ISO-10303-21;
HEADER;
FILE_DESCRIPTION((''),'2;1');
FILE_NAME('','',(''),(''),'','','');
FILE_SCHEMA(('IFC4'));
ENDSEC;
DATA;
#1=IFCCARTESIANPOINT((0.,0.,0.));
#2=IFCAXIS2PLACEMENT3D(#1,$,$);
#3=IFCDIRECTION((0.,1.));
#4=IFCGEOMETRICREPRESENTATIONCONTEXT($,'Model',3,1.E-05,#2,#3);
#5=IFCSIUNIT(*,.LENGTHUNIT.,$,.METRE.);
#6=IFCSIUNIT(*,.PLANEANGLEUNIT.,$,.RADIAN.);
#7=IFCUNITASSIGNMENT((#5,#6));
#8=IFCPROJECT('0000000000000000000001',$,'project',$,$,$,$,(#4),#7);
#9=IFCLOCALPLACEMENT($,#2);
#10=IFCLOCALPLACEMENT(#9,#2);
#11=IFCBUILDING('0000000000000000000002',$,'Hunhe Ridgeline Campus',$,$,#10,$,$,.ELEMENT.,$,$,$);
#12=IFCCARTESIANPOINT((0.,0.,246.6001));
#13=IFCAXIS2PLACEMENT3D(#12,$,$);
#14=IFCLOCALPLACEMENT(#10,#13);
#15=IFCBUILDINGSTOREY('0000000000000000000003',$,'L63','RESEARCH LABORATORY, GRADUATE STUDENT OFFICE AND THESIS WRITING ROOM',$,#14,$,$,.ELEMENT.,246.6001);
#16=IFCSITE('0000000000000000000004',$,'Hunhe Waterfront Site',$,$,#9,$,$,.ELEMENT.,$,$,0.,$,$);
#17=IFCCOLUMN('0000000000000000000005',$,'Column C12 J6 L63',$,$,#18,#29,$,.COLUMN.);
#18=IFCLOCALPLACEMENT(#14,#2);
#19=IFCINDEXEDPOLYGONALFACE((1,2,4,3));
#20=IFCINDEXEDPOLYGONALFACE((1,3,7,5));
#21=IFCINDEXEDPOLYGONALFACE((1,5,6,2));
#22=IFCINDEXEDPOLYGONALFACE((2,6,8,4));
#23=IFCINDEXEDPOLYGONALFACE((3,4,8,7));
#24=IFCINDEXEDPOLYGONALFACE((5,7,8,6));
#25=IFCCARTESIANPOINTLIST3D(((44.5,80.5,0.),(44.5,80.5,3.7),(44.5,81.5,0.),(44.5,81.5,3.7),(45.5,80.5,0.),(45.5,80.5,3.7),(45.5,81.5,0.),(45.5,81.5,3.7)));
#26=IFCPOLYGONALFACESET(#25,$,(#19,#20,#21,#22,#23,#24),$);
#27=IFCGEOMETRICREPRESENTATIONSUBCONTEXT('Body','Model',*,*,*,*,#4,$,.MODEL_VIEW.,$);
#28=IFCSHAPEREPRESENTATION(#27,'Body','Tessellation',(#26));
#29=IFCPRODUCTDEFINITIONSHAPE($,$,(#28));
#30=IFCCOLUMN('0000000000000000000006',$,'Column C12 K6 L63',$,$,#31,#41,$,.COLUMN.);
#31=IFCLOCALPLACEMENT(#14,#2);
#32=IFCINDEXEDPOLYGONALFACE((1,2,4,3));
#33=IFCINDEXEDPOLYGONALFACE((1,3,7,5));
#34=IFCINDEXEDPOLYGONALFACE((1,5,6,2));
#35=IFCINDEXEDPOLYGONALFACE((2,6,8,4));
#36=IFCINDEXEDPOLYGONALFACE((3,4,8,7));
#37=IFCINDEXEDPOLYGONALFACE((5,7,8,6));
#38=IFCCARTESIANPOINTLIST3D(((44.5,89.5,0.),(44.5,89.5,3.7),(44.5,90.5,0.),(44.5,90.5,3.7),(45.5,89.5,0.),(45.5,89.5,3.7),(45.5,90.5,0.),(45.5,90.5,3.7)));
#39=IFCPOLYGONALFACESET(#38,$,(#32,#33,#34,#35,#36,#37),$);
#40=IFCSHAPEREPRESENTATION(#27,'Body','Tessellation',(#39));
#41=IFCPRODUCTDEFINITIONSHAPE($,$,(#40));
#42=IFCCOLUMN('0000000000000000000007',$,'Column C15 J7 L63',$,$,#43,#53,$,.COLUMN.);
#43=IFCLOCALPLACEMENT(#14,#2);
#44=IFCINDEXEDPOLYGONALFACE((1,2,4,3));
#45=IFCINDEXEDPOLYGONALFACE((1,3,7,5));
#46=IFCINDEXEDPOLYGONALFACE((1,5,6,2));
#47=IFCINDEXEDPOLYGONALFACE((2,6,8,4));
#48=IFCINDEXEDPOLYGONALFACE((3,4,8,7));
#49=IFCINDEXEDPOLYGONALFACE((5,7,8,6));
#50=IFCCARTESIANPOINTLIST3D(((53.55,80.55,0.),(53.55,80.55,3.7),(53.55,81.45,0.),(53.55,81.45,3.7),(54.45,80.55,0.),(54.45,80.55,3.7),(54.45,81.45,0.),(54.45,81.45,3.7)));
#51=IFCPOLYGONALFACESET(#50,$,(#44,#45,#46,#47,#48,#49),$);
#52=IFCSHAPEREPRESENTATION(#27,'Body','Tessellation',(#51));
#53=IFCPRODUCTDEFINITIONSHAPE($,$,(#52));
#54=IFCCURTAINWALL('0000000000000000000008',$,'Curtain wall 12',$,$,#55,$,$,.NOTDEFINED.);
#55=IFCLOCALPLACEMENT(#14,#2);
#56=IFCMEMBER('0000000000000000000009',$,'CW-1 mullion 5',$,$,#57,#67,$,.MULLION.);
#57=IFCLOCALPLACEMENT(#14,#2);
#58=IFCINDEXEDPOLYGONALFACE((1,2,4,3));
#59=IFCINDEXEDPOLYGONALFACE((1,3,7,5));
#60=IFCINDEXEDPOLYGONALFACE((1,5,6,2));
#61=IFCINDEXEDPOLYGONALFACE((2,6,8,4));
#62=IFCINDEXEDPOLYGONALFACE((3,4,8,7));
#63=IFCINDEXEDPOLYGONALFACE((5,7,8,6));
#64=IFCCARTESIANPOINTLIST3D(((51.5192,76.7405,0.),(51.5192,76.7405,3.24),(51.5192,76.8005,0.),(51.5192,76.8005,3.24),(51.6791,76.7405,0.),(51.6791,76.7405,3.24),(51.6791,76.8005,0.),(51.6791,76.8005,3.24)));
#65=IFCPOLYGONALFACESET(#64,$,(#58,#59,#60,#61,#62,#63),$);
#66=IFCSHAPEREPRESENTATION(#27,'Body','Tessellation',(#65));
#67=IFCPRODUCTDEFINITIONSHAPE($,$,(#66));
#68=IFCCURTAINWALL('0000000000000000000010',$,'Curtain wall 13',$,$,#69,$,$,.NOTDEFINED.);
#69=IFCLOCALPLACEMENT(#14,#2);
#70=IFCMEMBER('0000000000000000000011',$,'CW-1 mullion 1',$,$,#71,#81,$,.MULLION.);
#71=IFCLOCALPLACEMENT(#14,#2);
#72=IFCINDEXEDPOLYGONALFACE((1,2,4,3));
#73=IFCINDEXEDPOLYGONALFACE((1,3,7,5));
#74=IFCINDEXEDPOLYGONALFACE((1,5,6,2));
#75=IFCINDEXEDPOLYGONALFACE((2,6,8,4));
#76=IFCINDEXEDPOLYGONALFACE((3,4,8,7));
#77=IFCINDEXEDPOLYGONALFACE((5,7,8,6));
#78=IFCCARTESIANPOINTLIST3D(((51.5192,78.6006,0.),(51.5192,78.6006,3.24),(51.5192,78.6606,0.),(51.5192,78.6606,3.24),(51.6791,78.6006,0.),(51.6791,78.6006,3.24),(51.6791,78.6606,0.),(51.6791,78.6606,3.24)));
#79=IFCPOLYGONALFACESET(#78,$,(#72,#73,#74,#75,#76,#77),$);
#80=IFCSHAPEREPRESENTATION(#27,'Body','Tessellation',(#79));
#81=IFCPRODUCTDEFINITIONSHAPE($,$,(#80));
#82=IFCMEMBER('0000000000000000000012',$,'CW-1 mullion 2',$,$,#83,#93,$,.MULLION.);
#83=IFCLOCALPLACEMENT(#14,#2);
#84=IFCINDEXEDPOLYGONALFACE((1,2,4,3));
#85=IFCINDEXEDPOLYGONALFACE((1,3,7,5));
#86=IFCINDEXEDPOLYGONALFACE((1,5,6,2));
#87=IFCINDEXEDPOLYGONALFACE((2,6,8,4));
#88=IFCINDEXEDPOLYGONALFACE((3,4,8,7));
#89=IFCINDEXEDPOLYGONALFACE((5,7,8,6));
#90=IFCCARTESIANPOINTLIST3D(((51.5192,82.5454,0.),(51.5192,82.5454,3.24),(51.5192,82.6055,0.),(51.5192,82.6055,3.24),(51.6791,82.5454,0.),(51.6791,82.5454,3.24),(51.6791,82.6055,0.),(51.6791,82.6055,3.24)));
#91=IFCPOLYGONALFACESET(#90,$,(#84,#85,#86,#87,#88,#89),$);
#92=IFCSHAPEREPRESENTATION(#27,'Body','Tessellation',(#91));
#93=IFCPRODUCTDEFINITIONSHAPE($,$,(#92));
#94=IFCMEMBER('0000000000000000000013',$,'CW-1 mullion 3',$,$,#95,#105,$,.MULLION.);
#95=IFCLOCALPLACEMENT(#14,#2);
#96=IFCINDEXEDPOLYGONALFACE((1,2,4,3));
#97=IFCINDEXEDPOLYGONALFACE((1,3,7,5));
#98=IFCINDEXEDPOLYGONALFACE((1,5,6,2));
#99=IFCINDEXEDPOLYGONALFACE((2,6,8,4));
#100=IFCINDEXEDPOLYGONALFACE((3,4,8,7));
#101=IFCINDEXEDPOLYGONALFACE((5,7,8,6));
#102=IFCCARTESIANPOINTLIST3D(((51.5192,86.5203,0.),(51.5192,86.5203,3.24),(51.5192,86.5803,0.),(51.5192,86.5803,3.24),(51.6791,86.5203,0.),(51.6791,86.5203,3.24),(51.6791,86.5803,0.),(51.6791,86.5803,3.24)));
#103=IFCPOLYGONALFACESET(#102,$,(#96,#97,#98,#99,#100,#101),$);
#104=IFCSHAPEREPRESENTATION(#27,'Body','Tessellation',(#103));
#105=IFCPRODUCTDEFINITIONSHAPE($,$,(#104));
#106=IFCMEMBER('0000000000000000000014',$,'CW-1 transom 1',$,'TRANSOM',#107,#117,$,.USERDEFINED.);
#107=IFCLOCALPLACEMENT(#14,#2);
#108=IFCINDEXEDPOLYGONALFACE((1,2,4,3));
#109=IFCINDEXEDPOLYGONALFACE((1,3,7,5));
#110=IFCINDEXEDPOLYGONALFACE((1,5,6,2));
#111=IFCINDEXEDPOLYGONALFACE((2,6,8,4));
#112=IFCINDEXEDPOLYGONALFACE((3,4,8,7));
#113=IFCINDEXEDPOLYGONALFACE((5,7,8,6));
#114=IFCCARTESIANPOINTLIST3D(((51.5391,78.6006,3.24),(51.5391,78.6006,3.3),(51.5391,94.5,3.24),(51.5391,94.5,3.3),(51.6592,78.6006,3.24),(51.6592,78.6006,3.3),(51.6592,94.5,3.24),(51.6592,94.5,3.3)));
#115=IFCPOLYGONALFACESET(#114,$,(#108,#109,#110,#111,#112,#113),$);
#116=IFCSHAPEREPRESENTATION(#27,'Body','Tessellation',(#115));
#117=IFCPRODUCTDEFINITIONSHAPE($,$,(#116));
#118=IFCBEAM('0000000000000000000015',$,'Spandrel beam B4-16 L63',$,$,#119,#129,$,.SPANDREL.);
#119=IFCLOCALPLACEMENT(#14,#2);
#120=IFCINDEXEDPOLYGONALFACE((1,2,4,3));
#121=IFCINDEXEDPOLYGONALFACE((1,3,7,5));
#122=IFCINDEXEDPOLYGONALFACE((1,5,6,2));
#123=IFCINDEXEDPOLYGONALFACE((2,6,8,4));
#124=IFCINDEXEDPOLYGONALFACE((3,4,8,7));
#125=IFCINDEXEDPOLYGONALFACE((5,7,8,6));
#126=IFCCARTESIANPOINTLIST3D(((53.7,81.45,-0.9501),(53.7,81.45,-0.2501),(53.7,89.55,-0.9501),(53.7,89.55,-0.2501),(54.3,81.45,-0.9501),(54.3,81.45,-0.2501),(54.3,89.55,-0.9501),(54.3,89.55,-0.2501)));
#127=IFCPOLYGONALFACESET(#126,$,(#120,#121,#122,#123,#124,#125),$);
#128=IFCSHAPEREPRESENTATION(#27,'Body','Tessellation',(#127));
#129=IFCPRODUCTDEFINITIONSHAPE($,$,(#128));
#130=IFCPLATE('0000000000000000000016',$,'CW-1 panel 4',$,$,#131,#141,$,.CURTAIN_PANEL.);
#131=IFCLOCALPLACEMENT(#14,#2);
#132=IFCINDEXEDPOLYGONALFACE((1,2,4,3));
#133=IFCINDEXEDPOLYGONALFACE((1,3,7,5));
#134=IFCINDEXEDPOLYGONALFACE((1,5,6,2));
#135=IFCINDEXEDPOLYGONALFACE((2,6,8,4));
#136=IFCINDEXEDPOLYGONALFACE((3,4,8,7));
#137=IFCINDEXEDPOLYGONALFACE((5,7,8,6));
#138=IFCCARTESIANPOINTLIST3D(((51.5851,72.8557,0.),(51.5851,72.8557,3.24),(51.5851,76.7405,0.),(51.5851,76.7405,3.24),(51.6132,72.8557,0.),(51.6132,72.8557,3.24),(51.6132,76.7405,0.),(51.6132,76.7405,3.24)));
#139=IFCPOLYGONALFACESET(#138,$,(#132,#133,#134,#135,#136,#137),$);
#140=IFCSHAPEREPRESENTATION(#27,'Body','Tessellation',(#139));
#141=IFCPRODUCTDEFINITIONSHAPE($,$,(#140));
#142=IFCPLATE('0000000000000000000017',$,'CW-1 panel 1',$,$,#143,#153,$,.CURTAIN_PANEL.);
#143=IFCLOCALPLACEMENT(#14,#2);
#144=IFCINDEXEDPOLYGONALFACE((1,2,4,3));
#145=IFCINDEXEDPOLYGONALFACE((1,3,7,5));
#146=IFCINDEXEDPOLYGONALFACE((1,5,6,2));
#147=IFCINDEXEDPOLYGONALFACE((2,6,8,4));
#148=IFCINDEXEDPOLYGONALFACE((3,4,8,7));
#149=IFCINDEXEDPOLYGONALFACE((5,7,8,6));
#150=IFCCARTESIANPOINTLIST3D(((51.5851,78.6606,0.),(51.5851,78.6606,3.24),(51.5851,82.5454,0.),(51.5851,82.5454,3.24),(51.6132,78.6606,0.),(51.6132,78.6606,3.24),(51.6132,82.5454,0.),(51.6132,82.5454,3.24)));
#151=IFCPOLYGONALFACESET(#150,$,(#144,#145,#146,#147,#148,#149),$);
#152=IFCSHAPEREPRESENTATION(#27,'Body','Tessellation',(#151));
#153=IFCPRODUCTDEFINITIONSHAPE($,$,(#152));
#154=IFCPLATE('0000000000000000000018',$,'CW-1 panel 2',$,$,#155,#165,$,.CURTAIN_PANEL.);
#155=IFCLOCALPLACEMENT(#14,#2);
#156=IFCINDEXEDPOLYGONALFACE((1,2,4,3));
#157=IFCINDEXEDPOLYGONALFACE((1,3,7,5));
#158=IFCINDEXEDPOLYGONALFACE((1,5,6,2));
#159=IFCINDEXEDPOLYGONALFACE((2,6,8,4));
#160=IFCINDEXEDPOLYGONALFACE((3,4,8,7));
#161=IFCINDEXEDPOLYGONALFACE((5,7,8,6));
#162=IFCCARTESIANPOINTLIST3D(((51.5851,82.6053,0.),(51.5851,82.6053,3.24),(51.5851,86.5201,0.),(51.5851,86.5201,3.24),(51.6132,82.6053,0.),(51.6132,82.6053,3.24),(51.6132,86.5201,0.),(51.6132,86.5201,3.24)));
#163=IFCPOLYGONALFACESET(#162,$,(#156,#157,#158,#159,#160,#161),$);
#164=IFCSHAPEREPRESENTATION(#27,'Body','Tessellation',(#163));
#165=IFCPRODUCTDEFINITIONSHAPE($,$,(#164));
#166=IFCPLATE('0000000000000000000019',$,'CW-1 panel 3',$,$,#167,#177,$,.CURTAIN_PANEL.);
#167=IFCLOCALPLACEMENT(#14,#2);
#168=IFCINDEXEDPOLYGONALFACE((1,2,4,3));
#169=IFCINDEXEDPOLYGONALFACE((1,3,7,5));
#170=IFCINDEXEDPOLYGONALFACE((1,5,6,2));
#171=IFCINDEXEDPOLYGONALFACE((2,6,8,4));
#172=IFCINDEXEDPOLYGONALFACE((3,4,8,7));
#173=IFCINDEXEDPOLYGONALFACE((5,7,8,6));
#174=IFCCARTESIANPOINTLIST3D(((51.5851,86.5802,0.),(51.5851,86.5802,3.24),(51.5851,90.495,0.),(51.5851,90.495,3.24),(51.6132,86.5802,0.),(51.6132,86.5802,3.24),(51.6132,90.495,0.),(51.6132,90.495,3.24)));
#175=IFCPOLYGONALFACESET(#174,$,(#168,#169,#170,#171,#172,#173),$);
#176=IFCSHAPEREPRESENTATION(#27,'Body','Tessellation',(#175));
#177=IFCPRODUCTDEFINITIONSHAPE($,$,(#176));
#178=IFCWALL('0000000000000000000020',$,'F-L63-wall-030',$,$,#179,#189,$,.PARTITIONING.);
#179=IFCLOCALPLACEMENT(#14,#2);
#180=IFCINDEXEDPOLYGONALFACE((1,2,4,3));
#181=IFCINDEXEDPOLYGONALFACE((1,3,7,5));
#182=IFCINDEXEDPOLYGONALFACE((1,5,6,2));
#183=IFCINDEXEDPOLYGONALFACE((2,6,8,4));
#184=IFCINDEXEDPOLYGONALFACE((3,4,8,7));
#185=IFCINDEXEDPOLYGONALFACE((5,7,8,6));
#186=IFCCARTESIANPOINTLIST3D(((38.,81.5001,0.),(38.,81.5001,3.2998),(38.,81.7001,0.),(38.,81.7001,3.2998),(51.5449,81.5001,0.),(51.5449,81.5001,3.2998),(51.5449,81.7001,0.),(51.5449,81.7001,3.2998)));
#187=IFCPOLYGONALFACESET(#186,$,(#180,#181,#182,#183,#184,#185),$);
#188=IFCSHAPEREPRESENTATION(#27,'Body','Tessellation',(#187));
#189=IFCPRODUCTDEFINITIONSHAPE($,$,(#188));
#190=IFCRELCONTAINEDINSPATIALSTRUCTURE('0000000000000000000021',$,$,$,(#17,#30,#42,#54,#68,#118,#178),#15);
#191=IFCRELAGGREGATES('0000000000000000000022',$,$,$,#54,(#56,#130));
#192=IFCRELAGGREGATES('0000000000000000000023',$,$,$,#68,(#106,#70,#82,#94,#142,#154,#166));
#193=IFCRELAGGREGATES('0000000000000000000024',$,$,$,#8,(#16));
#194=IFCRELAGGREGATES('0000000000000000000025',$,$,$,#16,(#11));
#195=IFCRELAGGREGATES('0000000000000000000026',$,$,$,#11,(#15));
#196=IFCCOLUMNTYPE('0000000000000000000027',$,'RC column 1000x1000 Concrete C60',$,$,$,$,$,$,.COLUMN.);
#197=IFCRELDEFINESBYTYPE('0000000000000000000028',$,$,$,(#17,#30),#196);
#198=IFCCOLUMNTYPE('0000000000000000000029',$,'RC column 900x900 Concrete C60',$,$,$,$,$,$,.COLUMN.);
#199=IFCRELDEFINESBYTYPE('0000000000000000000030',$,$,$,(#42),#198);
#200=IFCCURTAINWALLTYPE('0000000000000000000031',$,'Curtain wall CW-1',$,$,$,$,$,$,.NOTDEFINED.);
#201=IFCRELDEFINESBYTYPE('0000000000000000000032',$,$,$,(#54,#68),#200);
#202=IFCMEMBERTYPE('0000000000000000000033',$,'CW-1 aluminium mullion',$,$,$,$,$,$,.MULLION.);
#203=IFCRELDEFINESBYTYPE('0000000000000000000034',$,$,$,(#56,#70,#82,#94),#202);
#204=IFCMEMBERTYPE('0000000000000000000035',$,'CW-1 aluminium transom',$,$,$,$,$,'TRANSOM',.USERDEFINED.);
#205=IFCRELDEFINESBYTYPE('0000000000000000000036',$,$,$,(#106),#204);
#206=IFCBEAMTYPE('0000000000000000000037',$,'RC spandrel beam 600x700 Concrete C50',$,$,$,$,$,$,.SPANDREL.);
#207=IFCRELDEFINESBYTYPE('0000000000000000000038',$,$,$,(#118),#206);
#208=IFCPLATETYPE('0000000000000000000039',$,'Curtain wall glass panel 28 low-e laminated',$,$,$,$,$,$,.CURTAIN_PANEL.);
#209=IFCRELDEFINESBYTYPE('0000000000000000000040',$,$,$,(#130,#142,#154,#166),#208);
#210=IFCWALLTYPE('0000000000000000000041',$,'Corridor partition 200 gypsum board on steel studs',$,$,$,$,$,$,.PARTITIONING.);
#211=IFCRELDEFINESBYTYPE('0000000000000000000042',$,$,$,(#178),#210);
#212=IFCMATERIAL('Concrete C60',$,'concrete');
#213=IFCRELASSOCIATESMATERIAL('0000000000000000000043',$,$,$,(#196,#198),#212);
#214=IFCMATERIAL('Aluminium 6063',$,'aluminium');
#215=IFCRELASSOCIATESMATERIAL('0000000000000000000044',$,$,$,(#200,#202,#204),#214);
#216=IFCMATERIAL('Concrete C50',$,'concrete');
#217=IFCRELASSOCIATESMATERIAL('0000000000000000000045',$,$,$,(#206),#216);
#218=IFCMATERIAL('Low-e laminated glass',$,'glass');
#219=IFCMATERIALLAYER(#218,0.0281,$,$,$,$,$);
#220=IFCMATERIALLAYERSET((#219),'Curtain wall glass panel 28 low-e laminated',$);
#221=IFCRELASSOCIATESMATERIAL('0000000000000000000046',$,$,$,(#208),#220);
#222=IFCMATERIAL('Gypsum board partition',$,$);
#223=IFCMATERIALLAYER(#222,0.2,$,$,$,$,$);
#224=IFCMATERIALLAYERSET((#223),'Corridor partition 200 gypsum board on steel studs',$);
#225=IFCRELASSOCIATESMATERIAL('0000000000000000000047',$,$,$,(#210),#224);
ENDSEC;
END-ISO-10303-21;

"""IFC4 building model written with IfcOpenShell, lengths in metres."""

from ifc_helpers import new_model, si_unit, direction, frame, frame_2d, origin, origin_2d, place, context, subcontext, project, spatial, rectangle, extrude, material, layer, layer_set, material_profile, profile_set, type_object, element, aggregate, save


model = new_model("IFC4")

# Units and contexts
model_context = context("Model", 3, precision=1e-05, world=origin(), true_north=direction((0.0, 1.0)))
body_context = subcontext(model_context, "Body", "Model", "MODEL_VIEW")
ifc_project = project(units=[si_unit("LENGTHUNIT", "METRE"), si_unit("PLANEANGLEUNIT", "RADIAN")], contexts=[model_context])

# Site, building, storey
site_placement = place(None, origin())
site = spatial("IfcSite", under=ifc_project, at=site_placement, Name="Hunhe Waterfront Site", CompositionType="ELEMENT", RefElevation=0.0)
building_placement = place(site_placement, origin())
building = spatial("IfcBuilding", under=site, at=building_placement, Name="Hunhe Ridgeline Campus", CompositionType="ELEMENT")
storey_placement = place(building_placement, frame((0.0, 0.0, 246.6001)))
storey = spatial("IfcBuildingStorey", under=building, at=storey_placement, Name="L63", Description="RESEARCH LABORATORY, GRADUATE STUDENT OFFICE AND THESIS WRITING ROOM", CompositionType="ELEMENT", Elevation=246.6001)

# Columns
ifc_material_1 = material(Name="Concrete C60", Category="concrete")
ifc_material_profile_1 = material_profile(ifc_material_1, rectangle(XDim=1.0, YDim=1.0, at=origin_2d()))
ifc_profile_set_1 = profile_set([ifc_material_profile_1], Name="Concrete C60")
column_type_1 = type_object("IfcColumnType", Name="RC column 1000x1000 Concrete C60", PredefinedType="COLUMN", material=ifc_profile_set_1)
for number, where, z_axis, x_axis, name in (
    (1, (45.0, 81.0, 0.0), (0.0, 0.0, 1.0), (1.0, 0.0, 0.0), "Column C12 J6 L63"),
    (2, (45.0, 90.0, 0.0), (0.0, 0.0, 1.0), (1.0, 0.0, 0.0), "Column C12 K6 L63"),
):
    element("IfcColumn", number, at=place(storey_placement, frame(where, z_axis=z_axis, x_axis=x_axis)), inside=storey, type_object=column_type_1, Name=name, PredefinedType="COLUMN", context=body_context, shape_type="SweptSolid", body=[
        extrude(rectangle(XDim=1.0, YDim=1.0, at=origin_2d()), origin(), (0.0, 0.0, 1.0), 3.7),
    ])
ifc_material_profile_2 = material_profile(ifc_material_1, rectangle(XDim=0.8999, YDim=0.8999, at=origin_2d()))
ifc_profile_set_2 = profile_set([ifc_material_profile_2], Name="Concrete C60")
column_type_2 = type_object("IfcColumnType", Name="RC column 900x900 Concrete C60", PredefinedType="COLUMN", material=ifc_profile_set_2)
column_placement = place(storey_placement, frame((54.0, 81.0, 0.0), z_axis=(0.0, 0.0, 1.0), x_axis=(1.0, 0.0, 0.0)))
element("IfcColumn", 3, at=column_placement, inside=storey, type_object=column_type_2, Name="Column C15 J7 L63", PredefinedType="COLUMN", context=body_context, shape_type="SweptSolid", body=[
    extrude(rectangle(XDim=0.8999, YDim=0.8999, at=origin_2d()), origin(), (0.0, 0.0, 1.0), 3.7),
])

# Curtain wall, member
ifc_material_2 = material(Name="Aluminium 6063", Category="aluminium")
curtain_wall_type = type_object("IfcCurtainWallType", Name="Curtain wall CW-1", PredefinedType="NOTDEFINED", material=ifc_material_2)
curtain_wall_1_placement = place(storey_placement, origin())
curtain_wall_1 = element("IfcCurtainWall", 4, at=curtain_wall_1_placement, inside=storey, type_object=curtain_wall_type, Name="Curtain wall 12", PredefinedType="NOTDEFINED")
ifc_material_profile_3 = material_profile(ifc_material_2, rectangle(XDim=0.1599, YDim=0.0601, at=origin_2d()))
ifc_profile_set_3 = profile_set([ifc_material_profile_3], Name="Aluminium 6063")
member_type_1 = type_object("IfcMemberType", Name="CW-1 aluminium mullion", PredefinedType="MULLION", material=ifc_profile_set_3)
member_1_placement = place(storey_placement, frame((51.5991, 76.7705, 0.0), z_axis=(0.0, 0.0, 1.0), x_axis=(-1.0, 0.0, 0.0)))
member_1 = element("IfcMember", 5, at=member_1_placement, type_object=member_type_1, Name="CW-1 mullion 5", PredefinedType="MULLION", context=body_context, shape_type="SweptSolid", body=[
    extrude(rectangle(XDim=0.1599, YDim=0.0601, at=origin_2d()), origin(), (0.0, 0.0, 1.0), 3.24),
])

# Curtain wall, members
curtain_wall_2_placement = place(storey_placement, origin())
curtain_wall_2 = element("IfcCurtainWall", 6, at=curtain_wall_2_placement, inside=storey, type_object=curtain_wall_type, Name="Curtain wall 13", PredefinedType="NOTDEFINED")
member_2_placement = place(storey_placement, frame((51.5991, 78.6306, 0.0), z_axis=(0.0, 0.0, 1.0), x_axis=(-1.0, 0.0, 0.0)))
member_2 = element("IfcMember", 7, at=member_2_placement, type_object=member_type_1, Name="CW-1 mullion 1", PredefinedType="MULLION", context=body_context, shape_type="SweptSolid", body=[
    extrude(rectangle(XDim=0.1599, YDim=0.0601, at=origin_2d()), origin(), (0.0, 0.0, 1.0), 3.24),
])
member_3_placement = place(storey_placement, frame((51.5991, 82.5754, 0.0), z_axis=(0.0, 0.0, 1.0), x_axis=(-1.0, 0.0, 0.0)))
member_3 = element("IfcMember", 8, at=member_3_placement, type_object=member_type_1, Name="CW-1 mullion 2", PredefinedType="MULLION", context=body_context, shape_type="SweptSolid", body=[
    extrude(rectangle(XDim=0.1599, YDim=0.0601, at=origin_2d()), origin(), (0.0, 0.0, 1.0), 3.24),
])
member_4_placement = place(storey_placement, frame((51.5991, 86.5503, 0.0), z_axis=(0.0, 0.0, 1.0), x_axis=(-1.0, 0.0, 0.0)))
member_4 = element("IfcMember", 9, at=member_4_placement, type_object=member_type_1, Name="CW-1 mullion 3", PredefinedType="MULLION", context=body_context, shape_type="SweptSolid", body=[
    extrude(rectangle(XDim=0.1599, YDim=0.0601, at=origin_2d()), origin(), (0.0, 0.0, 1.0), 3.24),
])
ifc_material_profile_4 = material_profile(ifc_material_2, rectangle(XDim=0.1201, YDim=0.0601, at=origin_2d()))
ifc_profile_set_4 = profile_set([ifc_material_profile_4], Name="Aluminium 6063")
member_type_2 = type_object("IfcMemberType", Name="CW-1 aluminium transom", ElementType="TRANSOM", PredefinedType="USERDEFINED", material=ifc_profile_set_4)
member_5_placement = place(storey_placement, frame((51.5991, 78.6006, 3.27), z_axis=(0.0, 1.0, 0.0), x_axis=(-1.0, 0.0, 0.0)))
member_5 = element("IfcMember", 10, at=member_5_placement, type_object=member_type_2, Name="CW-1 transom 1", ObjectType="TRANSOM", PredefinedType="USERDEFINED", context=body_context, shape_type="SweptSolid", body=[
    extrude(rectangle(XDim=0.1201, YDim=0.0601, at=origin_2d()), origin(), (0.0, 0.0, 1.0), 15.8994),
])

# Beam
ifc_material_3 = material(Name="Concrete C50", Category="concrete")
ifc_material_profile_5 = material_profile(ifc_material_3, rectangle(XDim=0.6001, YDim=0.7, at=origin_2d()))
ifc_profile_set_5 = profile_set([ifc_material_profile_5], Name="Concrete C50")
beam_type = type_object("IfcBeamType", Name="RC spandrel beam 600x700 Concrete C50", PredefinedType="SPANDREL", material=ifc_profile_set_5)
beam_placement = place(storey_placement, frame((54.0, 81.45, -0.6001), z_axis=(0.0, 1.0, 0.0), x_axis=(-1.0, 0.0, 0.0)))
element("IfcBeam", 11, at=beam_placement, inside=storey, type_object=beam_type, Name="Spandrel beam B4-16 L63", PredefinedType="SPANDREL", context=body_context, shape_type="SweptSolid", body=[
    extrude(rectangle(XDim=0.6001, YDim=0.7, at=origin_2d()), origin(), (0.0, 0.0, 1.0), 8.1001),
])

# Plates
ifc_material_4 = material(Name="Low-e laminated glass", Category="glass")
ifc_layer_1 = layer(ifc_material_4, 0.0281)
ifc_layer_set_1 = layer_set([ifc_layer_1], Name="Curtain wall glass panel 28 low-e laminated")
plate_type = type_object("IfcPlateType", Name="Curtain wall glass panel 28 low-e laminated", PredefinedType="CURTAIN_PANEL", material=ifc_layer_set_1)
plate_1_placement = place(storey_placement, frame((51.5991, 74.7981, 0.0), z_axis=(0.0, 0.0, 1.0), x_axis=(0.0, 1.0, 0.0)))
plate_1 = element("IfcPlate", 12, at=plate_1_placement, type_object=plate_type, Name="CW-1 panel 4", PredefinedType="CURTAIN_PANEL", context=body_context, shape_type="SweptSolid", body=[
    extrude(rectangle(XDim=3.8848, YDim=0.0281, at=origin_2d()), origin(), (0.0, 0.0, 1.0), 3.24),
])
aggregate(curtain_wall_1, [member_1, plate_1])
plate_2_placement = place(storey_placement, frame((51.5991, 80.603, 0.0), z_axis=(0.0, 0.0, 1.0), x_axis=(0.0, 1.0, 0.0)))
plate_2 = element("IfcPlate", 13, at=plate_2_placement, type_object=plate_type, Name="CW-1 panel 1", PredefinedType="CURTAIN_PANEL", context=body_context, shape_type="SweptSolid", body=[
    extrude(rectangle(XDim=3.8848, YDim=0.0281, at=origin_2d()), origin(), (0.0, 0.0, 1.0), 3.24),
])
plate_3_placement = place(storey_placement, frame((51.5991, 84.5627, 0.0), z_axis=(0.0, 0.0, 1.0), x_axis=(0.0, 1.0, 0.0)))
plate_3 = element("IfcPlate", 14, at=plate_3_placement, type_object=plate_type, Name="CW-1 panel 2", PredefinedType="CURTAIN_PANEL", context=body_context, shape_type="SweptSolid", body=[
    extrude(rectangle(XDim=3.9148, YDim=0.0281, at=origin_2d()), origin(), (0.0, 0.0, 1.0), 3.24),
])
plate_4_placement = place(storey_placement, frame((51.5991, 88.5376, 0.0), z_axis=(0.0, 0.0, 1.0), x_axis=(0.0, 1.0, 0.0)))
plate_4 = element("IfcPlate", 15, at=plate_4_placement, type_object=plate_type, Name="CW-1 panel 3", PredefinedType="CURTAIN_PANEL", context=body_context, shape_type="SweptSolid", body=[
    extrude(rectangle(XDim=3.9148, YDim=0.0281, at=origin_2d()), origin(), (0.0, 0.0, 1.0), 3.24),
])
aggregate(curtain_wall_2, [member_5, member_2, member_3, member_4, plate_2, plate_3, plate_4])

# Shared definitions
ifc_material_5 = material(Name="Gypsum board partition")
ifc_layer_2 = layer(ifc_material_5, 0.2)
ifc_layer_set_2 = layer_set([ifc_layer_2], Name="Corridor partition 200 gypsum board on steel studs")
wall_type_1 = type_object("IfcWallType", Name="Corridor partition 200 gypsum board on steel studs", PredefinedType="PARTITIONING", material=ifc_layer_set_2)

# Wall
wall_1_placement = place(storey_placement, frame((51.5449, 81.6001, 0.0), z_axis=(0.0, 0.0, 1.0), x_axis=(-1.0, 0.0, 0.0)))
element("IfcWall", 16, at=wall_1_placement, inside=storey, type_object=wall_type_1, Name="F-L63-wall-030", PredefinedType="PARTITIONING", context=body_context, shape_type="SweptSolid", body=[
    extrude(rectangle(XDim=13.5449, YDim=0.2, at=frame_2d((6.7725, 0.0))), origin(), (0.0, 0.0, 1.0), 3.2998),
])

save(model, "model.ifc")
